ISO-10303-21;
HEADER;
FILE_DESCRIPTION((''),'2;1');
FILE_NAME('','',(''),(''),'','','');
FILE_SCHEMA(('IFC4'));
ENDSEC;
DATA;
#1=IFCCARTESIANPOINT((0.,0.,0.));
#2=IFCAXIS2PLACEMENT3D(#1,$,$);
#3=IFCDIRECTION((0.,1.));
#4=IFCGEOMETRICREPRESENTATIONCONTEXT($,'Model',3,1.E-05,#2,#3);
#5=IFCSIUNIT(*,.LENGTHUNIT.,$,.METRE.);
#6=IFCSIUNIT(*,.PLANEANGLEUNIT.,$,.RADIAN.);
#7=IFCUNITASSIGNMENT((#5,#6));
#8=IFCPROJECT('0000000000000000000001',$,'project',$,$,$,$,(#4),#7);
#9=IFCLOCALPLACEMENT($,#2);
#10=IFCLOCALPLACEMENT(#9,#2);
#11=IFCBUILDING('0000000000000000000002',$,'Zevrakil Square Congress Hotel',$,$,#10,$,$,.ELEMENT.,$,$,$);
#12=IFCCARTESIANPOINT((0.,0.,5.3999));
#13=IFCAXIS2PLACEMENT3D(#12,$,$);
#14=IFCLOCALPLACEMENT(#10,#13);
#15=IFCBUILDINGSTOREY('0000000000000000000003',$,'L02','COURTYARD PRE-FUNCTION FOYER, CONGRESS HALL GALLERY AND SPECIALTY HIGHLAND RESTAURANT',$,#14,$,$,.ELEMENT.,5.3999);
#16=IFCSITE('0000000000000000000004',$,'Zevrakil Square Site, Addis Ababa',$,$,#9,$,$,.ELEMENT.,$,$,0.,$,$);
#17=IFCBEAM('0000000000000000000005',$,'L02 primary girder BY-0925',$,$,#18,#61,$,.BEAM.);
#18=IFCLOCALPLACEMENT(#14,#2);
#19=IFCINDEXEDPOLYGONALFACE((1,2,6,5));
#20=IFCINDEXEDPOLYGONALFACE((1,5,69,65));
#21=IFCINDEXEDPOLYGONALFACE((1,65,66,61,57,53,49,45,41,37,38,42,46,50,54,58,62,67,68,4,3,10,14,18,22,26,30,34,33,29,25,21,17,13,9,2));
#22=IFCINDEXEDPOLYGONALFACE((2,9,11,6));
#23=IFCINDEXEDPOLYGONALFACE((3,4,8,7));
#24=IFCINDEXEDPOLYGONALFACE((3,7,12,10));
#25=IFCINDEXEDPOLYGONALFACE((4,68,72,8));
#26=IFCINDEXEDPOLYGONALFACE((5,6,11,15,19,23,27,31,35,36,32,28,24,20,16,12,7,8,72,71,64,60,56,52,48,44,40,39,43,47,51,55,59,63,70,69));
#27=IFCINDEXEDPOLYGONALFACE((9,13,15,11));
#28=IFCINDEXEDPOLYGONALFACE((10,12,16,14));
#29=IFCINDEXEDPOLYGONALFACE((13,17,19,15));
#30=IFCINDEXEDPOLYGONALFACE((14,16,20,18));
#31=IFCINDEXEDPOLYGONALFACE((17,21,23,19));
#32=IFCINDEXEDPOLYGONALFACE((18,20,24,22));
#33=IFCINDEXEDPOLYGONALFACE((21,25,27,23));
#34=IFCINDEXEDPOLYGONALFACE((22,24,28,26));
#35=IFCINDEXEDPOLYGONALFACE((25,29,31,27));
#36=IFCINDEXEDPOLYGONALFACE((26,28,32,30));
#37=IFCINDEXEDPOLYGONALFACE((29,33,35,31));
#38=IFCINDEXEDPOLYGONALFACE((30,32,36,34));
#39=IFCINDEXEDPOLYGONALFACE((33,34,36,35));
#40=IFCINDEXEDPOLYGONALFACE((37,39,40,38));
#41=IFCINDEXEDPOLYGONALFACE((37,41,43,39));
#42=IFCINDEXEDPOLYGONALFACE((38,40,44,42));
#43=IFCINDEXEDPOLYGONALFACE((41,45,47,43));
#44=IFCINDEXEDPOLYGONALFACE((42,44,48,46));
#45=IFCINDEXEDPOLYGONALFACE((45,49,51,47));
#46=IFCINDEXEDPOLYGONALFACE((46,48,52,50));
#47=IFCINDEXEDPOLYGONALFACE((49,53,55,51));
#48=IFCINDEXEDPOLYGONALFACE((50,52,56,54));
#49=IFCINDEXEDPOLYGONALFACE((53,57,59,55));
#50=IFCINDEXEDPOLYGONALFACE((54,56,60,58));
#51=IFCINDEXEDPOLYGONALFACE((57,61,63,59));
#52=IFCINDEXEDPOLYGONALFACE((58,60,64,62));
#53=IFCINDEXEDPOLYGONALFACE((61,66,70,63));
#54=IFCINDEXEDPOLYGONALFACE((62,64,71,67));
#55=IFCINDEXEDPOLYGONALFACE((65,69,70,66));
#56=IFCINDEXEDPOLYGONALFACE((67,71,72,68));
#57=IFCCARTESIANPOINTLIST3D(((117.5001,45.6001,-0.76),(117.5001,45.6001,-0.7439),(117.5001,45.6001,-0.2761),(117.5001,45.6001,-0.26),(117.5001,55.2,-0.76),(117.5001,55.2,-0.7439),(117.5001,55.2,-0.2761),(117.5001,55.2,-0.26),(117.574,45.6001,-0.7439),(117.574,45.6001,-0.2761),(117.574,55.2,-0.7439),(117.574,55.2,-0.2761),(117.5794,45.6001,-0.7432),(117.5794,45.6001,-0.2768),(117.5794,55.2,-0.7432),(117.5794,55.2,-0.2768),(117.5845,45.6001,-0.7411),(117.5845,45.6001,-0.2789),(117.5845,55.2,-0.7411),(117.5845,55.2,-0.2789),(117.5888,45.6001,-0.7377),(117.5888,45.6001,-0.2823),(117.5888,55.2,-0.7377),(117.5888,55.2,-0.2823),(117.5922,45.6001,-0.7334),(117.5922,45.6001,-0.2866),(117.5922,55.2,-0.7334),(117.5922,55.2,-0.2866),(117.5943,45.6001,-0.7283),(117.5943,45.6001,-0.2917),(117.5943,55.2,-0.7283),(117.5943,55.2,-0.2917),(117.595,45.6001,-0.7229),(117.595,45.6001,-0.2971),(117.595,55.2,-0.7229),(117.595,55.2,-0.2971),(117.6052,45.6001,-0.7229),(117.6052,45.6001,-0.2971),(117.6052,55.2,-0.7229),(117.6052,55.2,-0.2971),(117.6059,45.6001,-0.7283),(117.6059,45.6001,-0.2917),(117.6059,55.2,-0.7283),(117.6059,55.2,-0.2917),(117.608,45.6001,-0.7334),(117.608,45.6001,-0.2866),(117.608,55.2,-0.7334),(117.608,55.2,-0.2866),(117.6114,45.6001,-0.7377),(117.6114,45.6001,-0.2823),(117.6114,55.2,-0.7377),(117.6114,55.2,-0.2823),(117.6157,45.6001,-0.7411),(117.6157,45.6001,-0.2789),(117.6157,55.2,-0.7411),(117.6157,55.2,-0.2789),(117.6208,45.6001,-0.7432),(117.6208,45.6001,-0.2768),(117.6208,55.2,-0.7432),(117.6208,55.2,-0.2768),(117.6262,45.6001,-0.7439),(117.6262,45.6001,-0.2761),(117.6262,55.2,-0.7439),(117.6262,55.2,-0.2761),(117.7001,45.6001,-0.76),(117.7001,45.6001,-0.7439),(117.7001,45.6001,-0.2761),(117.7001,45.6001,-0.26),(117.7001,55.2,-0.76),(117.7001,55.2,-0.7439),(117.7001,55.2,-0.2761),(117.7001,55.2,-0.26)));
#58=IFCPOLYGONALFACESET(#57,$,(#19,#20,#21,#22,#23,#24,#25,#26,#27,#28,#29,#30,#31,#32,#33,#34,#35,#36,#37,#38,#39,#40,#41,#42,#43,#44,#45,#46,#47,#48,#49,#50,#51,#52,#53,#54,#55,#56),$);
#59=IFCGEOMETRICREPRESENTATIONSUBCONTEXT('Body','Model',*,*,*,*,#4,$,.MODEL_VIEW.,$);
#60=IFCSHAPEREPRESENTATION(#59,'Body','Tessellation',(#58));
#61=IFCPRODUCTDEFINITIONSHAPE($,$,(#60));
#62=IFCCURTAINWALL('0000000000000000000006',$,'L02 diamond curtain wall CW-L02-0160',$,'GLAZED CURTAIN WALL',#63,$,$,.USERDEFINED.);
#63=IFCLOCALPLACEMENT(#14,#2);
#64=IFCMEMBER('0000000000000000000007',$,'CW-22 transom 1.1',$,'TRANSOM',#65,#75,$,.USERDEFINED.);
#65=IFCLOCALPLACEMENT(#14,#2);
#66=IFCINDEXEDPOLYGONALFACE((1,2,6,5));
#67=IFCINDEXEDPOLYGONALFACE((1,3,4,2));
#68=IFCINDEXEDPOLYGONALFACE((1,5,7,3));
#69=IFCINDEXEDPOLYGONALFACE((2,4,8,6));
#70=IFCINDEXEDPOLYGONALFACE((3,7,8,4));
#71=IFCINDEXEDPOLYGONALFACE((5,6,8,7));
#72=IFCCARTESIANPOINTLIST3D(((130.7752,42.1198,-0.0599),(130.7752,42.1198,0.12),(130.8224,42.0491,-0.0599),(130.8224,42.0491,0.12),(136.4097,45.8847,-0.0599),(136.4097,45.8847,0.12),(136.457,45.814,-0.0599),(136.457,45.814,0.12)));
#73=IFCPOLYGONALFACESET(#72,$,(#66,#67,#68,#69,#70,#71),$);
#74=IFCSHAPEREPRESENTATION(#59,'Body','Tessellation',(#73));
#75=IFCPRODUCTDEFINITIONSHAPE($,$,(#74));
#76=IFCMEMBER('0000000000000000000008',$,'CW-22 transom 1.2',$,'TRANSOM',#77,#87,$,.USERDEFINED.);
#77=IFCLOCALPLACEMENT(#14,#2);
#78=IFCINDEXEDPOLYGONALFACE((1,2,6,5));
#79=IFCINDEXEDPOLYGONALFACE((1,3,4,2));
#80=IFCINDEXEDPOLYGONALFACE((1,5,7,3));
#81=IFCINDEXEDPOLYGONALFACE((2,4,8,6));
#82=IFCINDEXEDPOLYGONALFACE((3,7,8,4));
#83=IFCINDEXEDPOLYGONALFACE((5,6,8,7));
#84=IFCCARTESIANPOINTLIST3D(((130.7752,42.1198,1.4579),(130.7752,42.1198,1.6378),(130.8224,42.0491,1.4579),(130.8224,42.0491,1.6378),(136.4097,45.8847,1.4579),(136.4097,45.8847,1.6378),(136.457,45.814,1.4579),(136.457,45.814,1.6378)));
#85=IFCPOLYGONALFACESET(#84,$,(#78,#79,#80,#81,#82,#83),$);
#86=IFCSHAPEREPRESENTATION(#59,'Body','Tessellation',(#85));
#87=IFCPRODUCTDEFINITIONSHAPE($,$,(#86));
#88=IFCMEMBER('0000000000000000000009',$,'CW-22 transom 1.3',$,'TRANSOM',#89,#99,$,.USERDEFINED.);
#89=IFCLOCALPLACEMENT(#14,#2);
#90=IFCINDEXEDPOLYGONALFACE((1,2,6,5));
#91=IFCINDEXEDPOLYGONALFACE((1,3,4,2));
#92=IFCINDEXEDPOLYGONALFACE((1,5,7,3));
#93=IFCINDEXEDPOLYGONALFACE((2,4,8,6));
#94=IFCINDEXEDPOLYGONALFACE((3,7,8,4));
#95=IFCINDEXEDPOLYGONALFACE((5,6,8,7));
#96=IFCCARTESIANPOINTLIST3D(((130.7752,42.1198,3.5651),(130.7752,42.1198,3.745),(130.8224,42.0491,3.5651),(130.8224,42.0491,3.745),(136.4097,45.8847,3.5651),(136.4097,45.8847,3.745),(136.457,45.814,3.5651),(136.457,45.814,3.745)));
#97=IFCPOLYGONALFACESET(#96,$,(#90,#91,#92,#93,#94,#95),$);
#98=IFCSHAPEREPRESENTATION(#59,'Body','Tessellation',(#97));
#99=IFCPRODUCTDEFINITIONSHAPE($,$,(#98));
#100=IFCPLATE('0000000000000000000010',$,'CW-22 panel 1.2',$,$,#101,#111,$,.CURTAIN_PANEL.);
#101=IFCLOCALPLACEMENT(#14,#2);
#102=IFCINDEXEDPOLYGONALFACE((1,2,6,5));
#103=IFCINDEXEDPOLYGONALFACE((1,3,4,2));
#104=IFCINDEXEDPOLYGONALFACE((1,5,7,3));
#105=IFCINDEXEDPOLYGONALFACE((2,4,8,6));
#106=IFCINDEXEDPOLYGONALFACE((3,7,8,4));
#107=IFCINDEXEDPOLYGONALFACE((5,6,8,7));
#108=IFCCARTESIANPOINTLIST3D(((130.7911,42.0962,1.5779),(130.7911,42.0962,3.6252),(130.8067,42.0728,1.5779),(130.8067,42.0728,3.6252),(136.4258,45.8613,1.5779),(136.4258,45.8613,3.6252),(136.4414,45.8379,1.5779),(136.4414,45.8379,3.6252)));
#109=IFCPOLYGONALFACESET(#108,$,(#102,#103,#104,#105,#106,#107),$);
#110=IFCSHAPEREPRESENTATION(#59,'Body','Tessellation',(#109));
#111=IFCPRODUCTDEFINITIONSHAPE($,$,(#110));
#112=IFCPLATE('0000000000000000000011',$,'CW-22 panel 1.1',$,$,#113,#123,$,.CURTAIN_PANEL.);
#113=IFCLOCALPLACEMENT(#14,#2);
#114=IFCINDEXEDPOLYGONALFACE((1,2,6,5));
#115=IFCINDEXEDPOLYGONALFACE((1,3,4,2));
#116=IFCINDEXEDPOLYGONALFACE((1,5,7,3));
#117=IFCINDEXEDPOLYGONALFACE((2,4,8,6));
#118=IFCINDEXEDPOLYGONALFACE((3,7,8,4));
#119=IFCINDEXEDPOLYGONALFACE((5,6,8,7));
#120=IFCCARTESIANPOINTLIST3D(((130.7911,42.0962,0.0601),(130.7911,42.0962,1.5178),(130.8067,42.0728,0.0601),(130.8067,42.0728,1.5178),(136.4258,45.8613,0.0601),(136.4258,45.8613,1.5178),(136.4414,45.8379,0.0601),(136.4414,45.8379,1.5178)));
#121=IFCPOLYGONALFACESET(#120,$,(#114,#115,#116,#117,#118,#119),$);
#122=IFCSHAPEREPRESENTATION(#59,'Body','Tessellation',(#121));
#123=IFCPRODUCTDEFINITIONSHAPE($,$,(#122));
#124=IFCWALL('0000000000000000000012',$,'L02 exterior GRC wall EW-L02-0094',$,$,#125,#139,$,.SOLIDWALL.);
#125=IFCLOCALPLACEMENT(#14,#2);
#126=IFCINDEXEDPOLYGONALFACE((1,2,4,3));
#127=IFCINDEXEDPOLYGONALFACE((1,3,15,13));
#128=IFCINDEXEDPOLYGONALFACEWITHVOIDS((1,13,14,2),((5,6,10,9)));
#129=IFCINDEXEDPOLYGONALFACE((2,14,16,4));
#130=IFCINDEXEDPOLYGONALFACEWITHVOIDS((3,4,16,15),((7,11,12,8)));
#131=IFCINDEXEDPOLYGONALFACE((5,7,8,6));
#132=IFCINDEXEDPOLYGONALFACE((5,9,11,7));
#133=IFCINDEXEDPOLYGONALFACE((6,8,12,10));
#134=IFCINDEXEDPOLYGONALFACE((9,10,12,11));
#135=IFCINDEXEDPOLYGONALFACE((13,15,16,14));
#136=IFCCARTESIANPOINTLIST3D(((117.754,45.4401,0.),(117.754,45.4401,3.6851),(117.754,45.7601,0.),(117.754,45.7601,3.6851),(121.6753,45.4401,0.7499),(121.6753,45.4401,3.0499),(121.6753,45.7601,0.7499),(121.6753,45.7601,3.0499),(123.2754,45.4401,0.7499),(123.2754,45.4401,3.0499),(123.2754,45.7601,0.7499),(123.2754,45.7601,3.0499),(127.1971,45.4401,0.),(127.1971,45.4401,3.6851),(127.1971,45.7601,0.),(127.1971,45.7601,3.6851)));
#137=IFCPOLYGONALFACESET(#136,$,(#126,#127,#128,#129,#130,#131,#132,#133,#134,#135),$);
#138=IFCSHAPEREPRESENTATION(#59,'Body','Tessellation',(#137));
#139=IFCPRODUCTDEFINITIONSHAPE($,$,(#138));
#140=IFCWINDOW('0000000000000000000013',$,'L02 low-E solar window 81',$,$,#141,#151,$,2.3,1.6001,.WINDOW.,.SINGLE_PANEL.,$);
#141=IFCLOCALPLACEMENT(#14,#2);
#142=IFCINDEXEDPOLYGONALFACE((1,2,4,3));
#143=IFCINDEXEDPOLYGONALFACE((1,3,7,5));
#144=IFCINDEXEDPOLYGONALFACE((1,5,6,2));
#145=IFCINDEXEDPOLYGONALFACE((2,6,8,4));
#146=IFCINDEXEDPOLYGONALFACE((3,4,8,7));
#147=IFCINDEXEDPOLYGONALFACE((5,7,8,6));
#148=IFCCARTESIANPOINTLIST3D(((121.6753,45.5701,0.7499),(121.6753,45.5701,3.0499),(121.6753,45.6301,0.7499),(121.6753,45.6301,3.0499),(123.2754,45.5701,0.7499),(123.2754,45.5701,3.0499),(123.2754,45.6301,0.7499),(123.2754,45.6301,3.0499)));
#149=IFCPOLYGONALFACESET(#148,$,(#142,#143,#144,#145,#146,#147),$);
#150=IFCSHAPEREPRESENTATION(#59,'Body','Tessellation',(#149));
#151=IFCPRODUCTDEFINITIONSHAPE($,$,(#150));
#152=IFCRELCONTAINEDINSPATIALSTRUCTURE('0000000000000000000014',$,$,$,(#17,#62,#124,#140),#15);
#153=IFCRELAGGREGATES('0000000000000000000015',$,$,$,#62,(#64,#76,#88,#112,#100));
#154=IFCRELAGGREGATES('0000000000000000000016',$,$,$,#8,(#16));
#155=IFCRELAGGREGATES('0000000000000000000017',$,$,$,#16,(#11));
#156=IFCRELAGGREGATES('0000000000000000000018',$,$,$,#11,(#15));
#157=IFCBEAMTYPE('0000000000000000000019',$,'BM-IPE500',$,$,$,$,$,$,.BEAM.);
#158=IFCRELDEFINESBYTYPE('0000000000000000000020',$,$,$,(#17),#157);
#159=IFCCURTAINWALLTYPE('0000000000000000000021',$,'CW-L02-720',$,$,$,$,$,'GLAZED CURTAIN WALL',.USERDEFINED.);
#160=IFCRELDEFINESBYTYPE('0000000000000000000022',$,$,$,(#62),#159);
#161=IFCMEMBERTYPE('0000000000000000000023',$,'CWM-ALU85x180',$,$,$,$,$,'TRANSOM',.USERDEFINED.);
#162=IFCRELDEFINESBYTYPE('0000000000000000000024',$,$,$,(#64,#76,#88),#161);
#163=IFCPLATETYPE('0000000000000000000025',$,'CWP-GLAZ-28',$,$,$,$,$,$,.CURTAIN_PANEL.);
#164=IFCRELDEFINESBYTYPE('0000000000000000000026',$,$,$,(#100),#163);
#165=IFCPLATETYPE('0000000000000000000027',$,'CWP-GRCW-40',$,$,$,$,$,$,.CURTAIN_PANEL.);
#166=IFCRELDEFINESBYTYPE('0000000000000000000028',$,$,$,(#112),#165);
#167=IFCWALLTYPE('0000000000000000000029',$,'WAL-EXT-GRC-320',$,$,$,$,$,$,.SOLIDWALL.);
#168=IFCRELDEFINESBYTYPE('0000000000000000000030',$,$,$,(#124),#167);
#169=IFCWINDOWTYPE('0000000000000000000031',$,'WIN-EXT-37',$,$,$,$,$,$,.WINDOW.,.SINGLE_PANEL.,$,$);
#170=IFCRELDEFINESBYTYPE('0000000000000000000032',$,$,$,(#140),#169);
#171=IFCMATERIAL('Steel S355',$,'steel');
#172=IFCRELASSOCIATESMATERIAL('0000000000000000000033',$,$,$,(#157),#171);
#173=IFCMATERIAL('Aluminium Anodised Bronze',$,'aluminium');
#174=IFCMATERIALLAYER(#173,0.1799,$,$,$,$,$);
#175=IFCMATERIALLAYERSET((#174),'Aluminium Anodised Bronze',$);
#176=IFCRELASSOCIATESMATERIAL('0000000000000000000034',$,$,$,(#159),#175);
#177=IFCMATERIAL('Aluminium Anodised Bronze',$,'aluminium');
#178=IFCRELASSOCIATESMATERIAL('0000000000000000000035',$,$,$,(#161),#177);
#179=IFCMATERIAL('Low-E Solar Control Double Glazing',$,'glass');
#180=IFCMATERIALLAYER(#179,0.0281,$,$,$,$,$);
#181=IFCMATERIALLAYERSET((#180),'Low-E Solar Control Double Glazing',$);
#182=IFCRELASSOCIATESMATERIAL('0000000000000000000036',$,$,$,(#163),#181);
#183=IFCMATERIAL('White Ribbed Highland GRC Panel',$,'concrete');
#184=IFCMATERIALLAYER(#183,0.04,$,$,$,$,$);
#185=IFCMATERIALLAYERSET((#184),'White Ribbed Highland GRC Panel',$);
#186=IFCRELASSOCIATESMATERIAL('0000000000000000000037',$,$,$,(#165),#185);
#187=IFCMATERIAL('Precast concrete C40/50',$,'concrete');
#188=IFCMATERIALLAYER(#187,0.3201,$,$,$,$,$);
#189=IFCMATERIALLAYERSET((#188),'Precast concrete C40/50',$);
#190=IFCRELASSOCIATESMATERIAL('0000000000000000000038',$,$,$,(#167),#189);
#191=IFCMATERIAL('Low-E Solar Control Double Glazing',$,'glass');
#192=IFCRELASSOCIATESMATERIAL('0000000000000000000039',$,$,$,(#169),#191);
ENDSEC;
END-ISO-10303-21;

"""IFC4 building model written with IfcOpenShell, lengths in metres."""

from ifc_helpers import new_model, si_unit, direction, frame, frame_2d, origin, origin_2d, place, context, subcontext, project, spatial, rectangle, i_section, extrude, material, layer, layer_set, material_profile, profile_set, type_object, element, fill, aggregate, save


model = new_model("IFC4")

# Units and contexts
model_context = context("Model", 3, precision=1e-05, world=origin(), true_north=direction((0.0, 1.0)))
body_context = subcontext(model_context, "Body", "Model", "MODEL_VIEW")
ifc_project = project(units=[si_unit("LENGTHUNIT", "METRE"), si_unit("PLANEANGLEUNIT", "RADIAN")], contexts=[model_context])

# Site, building, storey
site_placement = place(None, origin())
site = spatial("IfcSite", under=ifc_project, at=site_placement, Name="Zevrakil Square Site, Addis Ababa", CompositionType="ELEMENT", RefElevation=0.0)
building_placement = place(site_placement, origin())
building = spatial("IfcBuilding", under=site, at=building_placement, Name="Zevrakil Square Congress Hotel", CompositionType="ELEMENT")
storey_placement = place(building_placement, frame((0.0, 0.0, 5.3999)))
storey = spatial("IfcBuildingStorey", under=building, at=storey_placement, Name="L02", Description="COURTYARD PRE-FUNCTION FOYER, CONGRESS HALL GALLERY AND SPECIALTY HIGHLAND RESTAURANT", CompositionType="ELEMENT", Elevation=5.3999)

# Beam
ifc_material_1 = material(Name="Steel S355", Category="steel")
ifc_material_profile_1 = material_profile(ifc_material_1, i_section(OverallWidth=0.2, OverallDepth=0.5, WebThickness=0.0103, FlangeThickness=0.0161, FilletRadius=0.021, at=origin_2d()), Name="IPE 500")
ifc_profile_set_1 = profile_set([ifc_material_profile_1], Name="Steel S355")
beam_type_1 = type_object("IfcBeamType", Name="BM-IPE500", PredefinedType="BEAM", material=ifc_profile_set_1)
beam_1_placement = place(storey_placement, frame((117.6001, 45.6001, -0.51), z_axis=(0.0, 1.0, 0.0), x_axis=(-1.0, 0.0, 0.0)))
element("IfcBeam", 1, at=beam_1_placement, inside=storey, type_object=beam_type_1, Name="L02 primary girder BY-0925", PredefinedType="BEAM", context=body_context, shape_type="SweptSolid", body=[
    extrude(i_section(OverallWidth=0.2, OverallDepth=0.5, WebThickness=0.0103, FlangeThickness=0.0161, FilletRadius=0.021, at=origin_2d()), origin(), (0.0, 0.0, 1.0), 9.5999),
])

# Curtain wall, members, plates
ifc_material_2 = material(Name="Aluminium Anodised Bronze", Category="aluminium")
ifc_layer_1 = layer(ifc_material_2, 0.1799)
ifc_layer_set_1 = layer_set([ifc_layer_1], Name="Aluminium Anodised Bronze")
curtain_wall_type = type_object("IfcCurtainWallType", Name="CW-L02-720", ElementType="GLAZED CURTAIN WALL", PredefinedType="USERDEFINED", material=ifc_layer_set_1)
curtain_wall_placement = place(storey_placement, origin())
curtain_wall = element("IfcCurtainWall", 2, at=curtain_wall_placement, inside=storey, type_object=curtain_wall_type, Name="L02 diamond curtain wall CW-L02-0160", ObjectType="GLAZED CURTAIN WALL", PredefinedType="USERDEFINED")
ifc_material_3 = material(Name="Aluminium Anodised Bronze", Category="aluminium")
ifc_material_profile_2 = material_profile(ifc_material_3, rectangle(XDim=0.085, YDim=0.1799, at=origin_2d()), Name="ALU 85x180")
ifc_profile_set_2 = profile_set([ifc_material_profile_2], Name="Aluminium Anodised Bronze")
member_type = type_object("IfcMemberType", Name="CWM-ALU85x180", ElementType="TRANSOM", PredefinedType="USERDEFINED", material=ifc_profile_set_2)
member_1_placement = place(storey_placement, frame((136.4333, 45.8494, 0.03), z_axis=(-0.831468, -0.555573, 0.0), x_axis=(0.555573, -0.831468, 0.0)))
member_1 = element("IfcMember", 3, at=member_1_placement, type_object=member_type, Name="CW-22 transom 1.1", ObjectType="TRANSOM", PredefinedType="USERDEFINED", context=body_context, shape_type="SweptSolid", body=[
    extrude(rectangle(XDim=0.085, YDim=0.1799, at=origin_2d()), origin(), (0.0, 0.0, 1.0), 6.7766),
])
member_2_placement = place(storey_placement, frame((136.4333, 45.8494, 1.5479), z_axis=(-0.831468, -0.555573, 0.0), x_axis=(0.555573, -0.831468, 0.0)))
member_2 = element("IfcMember", 4, at=member_2_placement, type_object=member_type, Name="CW-22 transom 1.2", ObjectType="TRANSOM", PredefinedType="USERDEFINED", context=body_context, shape_type="SweptSolid", body=[
    extrude(rectangle(XDim=0.085, YDim=0.1799, at=origin_2d()), origin(), (0.0, 0.0, 1.0), 6.7766),
])
member_3_placement = place(storey_placement, frame((136.4333, 45.8494, 3.655), z_axis=(-0.831468, -0.555573, 0.0), x_axis=(0.555573, -0.831468, 0.0)))
member_3 = element("IfcMember", 5, at=member_3_placement, type_object=member_type, Name="CW-22 transom 1.3", ObjectType="TRANSOM", PredefinedType="USERDEFINED", context=body_context, shape_type="SweptSolid", body=[
    extrude(rectangle(XDim=0.085, YDim=0.1799, at=origin_2d()), origin(), (0.0, 0.0, 1.0), 6.7766),
])
ifc_material_4 = material(Name="Low-E Solar Control Double Glazing", Category="glass")
ifc_layer_2 = layer(ifc_material_4, 0.0281)
ifc_layer_set_2 = layer_set([ifc_layer_2], Name="Low-E Solar Control Double Glazing")
plate_type_1 = type_object("IfcPlateType", Name="CWP-GLAZ-28", PredefinedType="CURTAIN_PANEL", material=ifc_layer_set_2)
plate_1_placement = place(storey_placement, frame((133.6162, 43.967, 1.5779), z_axis=(0.0, 0.0, 1.0), x_axis=(-0.831463, -0.55558, 0.0)))
plate_1 = element("IfcPlate", 6, at=plate_1_placement, type_object=plate_type_1, Name="CW-22 panel 1.2", PredefinedType="CURTAIN_PANEL", context=body_context, shape_type="SweptSolid", body=[
    extrude(rectangle(XDim=6.7769, YDim=0.0281, at=origin_2d()), origin(), (0.0, 0.0, 1.0), 2.0474),
])
ifc_material_5 = material(Name="White Ribbed Highland GRC Panel", Category="concrete")
ifc_layer_3 = layer(ifc_material_5, 0.04)
ifc_layer_set_3 = layer_set([ifc_layer_3], Name="White Ribbed Highland GRC Panel")
plate_type_2 = type_object("IfcPlateType", Name="CWP-GRCW-40", PredefinedType="CURTAIN_PANEL", material=ifc_layer_set_3)
plate_2_placement = place(storey_placement, frame((133.6162, 43.967, 0.0601), z_axis=(0.0, 0.0, 1.0), x_axis=(-0.831463, -0.55558, 0.0)))
plate_2 = element("IfcPlate", 7, at=plate_2_placement, type_object=plate_type_2, Name="CW-22 panel 1.1", PredefinedType="CURTAIN_PANEL", context=body_context, shape_type="SweptSolid", body=[
    extrude(rectangle(XDim=6.7769, YDim=0.0281, at=origin_2d()), origin(), (0.0, 0.0, 1.0), 1.4578),
])
aggregate(curtain_wall, [member_1, member_2, member_3, plate_2, plate_1])

# Wall, opening, window
ifc_material_6 = material(Name="Precast concrete C40/50", Category="concrete")
ifc_layer_4 = layer(ifc_material_6, 0.3201)
ifc_layer_set_4 = layer_set([ifc_layer_4], Name="Precast concrete C40/50")
wall_type = type_object("IfcWallType", Name="WAL-EXT-GRC-320", PredefinedType="SOLIDWALL", material=ifc_layer_set_4)
wall_1_placement = place(storey_placement, frame((117.7539, 45.6001, 0.0), z_axis=(0.0, 0.0, 1.0), x_axis=(1.0, 0.0, 0.0)))
wall_1 = element("IfcWall", 8, at=wall_1_placement, inside=storey, type_object=wall_type, Name="L02 exterior GRC wall EW-L02-0094", PredefinedType="SOLIDWALL", context=body_context, shape_type="SweptSolid", body=[
    extrude(rectangle(XDim=9.4431, YDim=0.3201, at=frame_2d((4.7217, 0.0))), origin(), (0.0, 0.0, 1.0), 3.6851),
])
opening_1_placement = place(wall_1_placement, frame((3.9214, 0.0, 0.75)))
opening_1 = element("IfcOpeningElement", 9, at=opening_1_placement, cuts=wall_1, PredefinedType="OPENING", context=body_context, shape_type="SweptSolid", body=[
    extrude(rectangle(XDim=1.6001, YDim=2.3, at=frame_2d((0.8, 1.1499))), frame((0.0, 0.1699, 0.0), z_axis=(0.0, -1.0, 0.0), x_axis=(1.0, 0.0, 0.0)), (0.0, 0.0, 1.0), 0.3401),
])
ifc_material_7 = material(Name="Low-E Solar Control Double Glazing", Category="glass")
window_type_1 = type_object("IfcWindowType", Name="WIN-EXT-37", PartitioningType="SINGLE_PANEL", PredefinedType="WINDOW", material=ifc_material_7)
window_1_placement = place(opening_1_placement, origin())
window_1 = element("IfcWindow", 10, at=window_1_placement, inside=storey, type_object=window_type_1, Name="L02 low-E solar window 81", OverallHeight=2.3, OverallWidth=1.6001, PartitioningType="SINGLE_PANEL", PredefinedType="WINDOW", context=body_context, shape_type="SweptSolid", body=[
    extrude(rectangle(XDim=1.6001, YDim=2.3, at=frame_2d((0.8, 1.1499))), frame((0.0, 0.03, 0.0), z_axis=(0.0, -1.0, 0.0), x_axis=(1.0, 0.0, 0.0)), (0.0, 0.0, 1.0), 0.0601),
])
fill(opening_1, window_1)

save(model, "model.ifc")
